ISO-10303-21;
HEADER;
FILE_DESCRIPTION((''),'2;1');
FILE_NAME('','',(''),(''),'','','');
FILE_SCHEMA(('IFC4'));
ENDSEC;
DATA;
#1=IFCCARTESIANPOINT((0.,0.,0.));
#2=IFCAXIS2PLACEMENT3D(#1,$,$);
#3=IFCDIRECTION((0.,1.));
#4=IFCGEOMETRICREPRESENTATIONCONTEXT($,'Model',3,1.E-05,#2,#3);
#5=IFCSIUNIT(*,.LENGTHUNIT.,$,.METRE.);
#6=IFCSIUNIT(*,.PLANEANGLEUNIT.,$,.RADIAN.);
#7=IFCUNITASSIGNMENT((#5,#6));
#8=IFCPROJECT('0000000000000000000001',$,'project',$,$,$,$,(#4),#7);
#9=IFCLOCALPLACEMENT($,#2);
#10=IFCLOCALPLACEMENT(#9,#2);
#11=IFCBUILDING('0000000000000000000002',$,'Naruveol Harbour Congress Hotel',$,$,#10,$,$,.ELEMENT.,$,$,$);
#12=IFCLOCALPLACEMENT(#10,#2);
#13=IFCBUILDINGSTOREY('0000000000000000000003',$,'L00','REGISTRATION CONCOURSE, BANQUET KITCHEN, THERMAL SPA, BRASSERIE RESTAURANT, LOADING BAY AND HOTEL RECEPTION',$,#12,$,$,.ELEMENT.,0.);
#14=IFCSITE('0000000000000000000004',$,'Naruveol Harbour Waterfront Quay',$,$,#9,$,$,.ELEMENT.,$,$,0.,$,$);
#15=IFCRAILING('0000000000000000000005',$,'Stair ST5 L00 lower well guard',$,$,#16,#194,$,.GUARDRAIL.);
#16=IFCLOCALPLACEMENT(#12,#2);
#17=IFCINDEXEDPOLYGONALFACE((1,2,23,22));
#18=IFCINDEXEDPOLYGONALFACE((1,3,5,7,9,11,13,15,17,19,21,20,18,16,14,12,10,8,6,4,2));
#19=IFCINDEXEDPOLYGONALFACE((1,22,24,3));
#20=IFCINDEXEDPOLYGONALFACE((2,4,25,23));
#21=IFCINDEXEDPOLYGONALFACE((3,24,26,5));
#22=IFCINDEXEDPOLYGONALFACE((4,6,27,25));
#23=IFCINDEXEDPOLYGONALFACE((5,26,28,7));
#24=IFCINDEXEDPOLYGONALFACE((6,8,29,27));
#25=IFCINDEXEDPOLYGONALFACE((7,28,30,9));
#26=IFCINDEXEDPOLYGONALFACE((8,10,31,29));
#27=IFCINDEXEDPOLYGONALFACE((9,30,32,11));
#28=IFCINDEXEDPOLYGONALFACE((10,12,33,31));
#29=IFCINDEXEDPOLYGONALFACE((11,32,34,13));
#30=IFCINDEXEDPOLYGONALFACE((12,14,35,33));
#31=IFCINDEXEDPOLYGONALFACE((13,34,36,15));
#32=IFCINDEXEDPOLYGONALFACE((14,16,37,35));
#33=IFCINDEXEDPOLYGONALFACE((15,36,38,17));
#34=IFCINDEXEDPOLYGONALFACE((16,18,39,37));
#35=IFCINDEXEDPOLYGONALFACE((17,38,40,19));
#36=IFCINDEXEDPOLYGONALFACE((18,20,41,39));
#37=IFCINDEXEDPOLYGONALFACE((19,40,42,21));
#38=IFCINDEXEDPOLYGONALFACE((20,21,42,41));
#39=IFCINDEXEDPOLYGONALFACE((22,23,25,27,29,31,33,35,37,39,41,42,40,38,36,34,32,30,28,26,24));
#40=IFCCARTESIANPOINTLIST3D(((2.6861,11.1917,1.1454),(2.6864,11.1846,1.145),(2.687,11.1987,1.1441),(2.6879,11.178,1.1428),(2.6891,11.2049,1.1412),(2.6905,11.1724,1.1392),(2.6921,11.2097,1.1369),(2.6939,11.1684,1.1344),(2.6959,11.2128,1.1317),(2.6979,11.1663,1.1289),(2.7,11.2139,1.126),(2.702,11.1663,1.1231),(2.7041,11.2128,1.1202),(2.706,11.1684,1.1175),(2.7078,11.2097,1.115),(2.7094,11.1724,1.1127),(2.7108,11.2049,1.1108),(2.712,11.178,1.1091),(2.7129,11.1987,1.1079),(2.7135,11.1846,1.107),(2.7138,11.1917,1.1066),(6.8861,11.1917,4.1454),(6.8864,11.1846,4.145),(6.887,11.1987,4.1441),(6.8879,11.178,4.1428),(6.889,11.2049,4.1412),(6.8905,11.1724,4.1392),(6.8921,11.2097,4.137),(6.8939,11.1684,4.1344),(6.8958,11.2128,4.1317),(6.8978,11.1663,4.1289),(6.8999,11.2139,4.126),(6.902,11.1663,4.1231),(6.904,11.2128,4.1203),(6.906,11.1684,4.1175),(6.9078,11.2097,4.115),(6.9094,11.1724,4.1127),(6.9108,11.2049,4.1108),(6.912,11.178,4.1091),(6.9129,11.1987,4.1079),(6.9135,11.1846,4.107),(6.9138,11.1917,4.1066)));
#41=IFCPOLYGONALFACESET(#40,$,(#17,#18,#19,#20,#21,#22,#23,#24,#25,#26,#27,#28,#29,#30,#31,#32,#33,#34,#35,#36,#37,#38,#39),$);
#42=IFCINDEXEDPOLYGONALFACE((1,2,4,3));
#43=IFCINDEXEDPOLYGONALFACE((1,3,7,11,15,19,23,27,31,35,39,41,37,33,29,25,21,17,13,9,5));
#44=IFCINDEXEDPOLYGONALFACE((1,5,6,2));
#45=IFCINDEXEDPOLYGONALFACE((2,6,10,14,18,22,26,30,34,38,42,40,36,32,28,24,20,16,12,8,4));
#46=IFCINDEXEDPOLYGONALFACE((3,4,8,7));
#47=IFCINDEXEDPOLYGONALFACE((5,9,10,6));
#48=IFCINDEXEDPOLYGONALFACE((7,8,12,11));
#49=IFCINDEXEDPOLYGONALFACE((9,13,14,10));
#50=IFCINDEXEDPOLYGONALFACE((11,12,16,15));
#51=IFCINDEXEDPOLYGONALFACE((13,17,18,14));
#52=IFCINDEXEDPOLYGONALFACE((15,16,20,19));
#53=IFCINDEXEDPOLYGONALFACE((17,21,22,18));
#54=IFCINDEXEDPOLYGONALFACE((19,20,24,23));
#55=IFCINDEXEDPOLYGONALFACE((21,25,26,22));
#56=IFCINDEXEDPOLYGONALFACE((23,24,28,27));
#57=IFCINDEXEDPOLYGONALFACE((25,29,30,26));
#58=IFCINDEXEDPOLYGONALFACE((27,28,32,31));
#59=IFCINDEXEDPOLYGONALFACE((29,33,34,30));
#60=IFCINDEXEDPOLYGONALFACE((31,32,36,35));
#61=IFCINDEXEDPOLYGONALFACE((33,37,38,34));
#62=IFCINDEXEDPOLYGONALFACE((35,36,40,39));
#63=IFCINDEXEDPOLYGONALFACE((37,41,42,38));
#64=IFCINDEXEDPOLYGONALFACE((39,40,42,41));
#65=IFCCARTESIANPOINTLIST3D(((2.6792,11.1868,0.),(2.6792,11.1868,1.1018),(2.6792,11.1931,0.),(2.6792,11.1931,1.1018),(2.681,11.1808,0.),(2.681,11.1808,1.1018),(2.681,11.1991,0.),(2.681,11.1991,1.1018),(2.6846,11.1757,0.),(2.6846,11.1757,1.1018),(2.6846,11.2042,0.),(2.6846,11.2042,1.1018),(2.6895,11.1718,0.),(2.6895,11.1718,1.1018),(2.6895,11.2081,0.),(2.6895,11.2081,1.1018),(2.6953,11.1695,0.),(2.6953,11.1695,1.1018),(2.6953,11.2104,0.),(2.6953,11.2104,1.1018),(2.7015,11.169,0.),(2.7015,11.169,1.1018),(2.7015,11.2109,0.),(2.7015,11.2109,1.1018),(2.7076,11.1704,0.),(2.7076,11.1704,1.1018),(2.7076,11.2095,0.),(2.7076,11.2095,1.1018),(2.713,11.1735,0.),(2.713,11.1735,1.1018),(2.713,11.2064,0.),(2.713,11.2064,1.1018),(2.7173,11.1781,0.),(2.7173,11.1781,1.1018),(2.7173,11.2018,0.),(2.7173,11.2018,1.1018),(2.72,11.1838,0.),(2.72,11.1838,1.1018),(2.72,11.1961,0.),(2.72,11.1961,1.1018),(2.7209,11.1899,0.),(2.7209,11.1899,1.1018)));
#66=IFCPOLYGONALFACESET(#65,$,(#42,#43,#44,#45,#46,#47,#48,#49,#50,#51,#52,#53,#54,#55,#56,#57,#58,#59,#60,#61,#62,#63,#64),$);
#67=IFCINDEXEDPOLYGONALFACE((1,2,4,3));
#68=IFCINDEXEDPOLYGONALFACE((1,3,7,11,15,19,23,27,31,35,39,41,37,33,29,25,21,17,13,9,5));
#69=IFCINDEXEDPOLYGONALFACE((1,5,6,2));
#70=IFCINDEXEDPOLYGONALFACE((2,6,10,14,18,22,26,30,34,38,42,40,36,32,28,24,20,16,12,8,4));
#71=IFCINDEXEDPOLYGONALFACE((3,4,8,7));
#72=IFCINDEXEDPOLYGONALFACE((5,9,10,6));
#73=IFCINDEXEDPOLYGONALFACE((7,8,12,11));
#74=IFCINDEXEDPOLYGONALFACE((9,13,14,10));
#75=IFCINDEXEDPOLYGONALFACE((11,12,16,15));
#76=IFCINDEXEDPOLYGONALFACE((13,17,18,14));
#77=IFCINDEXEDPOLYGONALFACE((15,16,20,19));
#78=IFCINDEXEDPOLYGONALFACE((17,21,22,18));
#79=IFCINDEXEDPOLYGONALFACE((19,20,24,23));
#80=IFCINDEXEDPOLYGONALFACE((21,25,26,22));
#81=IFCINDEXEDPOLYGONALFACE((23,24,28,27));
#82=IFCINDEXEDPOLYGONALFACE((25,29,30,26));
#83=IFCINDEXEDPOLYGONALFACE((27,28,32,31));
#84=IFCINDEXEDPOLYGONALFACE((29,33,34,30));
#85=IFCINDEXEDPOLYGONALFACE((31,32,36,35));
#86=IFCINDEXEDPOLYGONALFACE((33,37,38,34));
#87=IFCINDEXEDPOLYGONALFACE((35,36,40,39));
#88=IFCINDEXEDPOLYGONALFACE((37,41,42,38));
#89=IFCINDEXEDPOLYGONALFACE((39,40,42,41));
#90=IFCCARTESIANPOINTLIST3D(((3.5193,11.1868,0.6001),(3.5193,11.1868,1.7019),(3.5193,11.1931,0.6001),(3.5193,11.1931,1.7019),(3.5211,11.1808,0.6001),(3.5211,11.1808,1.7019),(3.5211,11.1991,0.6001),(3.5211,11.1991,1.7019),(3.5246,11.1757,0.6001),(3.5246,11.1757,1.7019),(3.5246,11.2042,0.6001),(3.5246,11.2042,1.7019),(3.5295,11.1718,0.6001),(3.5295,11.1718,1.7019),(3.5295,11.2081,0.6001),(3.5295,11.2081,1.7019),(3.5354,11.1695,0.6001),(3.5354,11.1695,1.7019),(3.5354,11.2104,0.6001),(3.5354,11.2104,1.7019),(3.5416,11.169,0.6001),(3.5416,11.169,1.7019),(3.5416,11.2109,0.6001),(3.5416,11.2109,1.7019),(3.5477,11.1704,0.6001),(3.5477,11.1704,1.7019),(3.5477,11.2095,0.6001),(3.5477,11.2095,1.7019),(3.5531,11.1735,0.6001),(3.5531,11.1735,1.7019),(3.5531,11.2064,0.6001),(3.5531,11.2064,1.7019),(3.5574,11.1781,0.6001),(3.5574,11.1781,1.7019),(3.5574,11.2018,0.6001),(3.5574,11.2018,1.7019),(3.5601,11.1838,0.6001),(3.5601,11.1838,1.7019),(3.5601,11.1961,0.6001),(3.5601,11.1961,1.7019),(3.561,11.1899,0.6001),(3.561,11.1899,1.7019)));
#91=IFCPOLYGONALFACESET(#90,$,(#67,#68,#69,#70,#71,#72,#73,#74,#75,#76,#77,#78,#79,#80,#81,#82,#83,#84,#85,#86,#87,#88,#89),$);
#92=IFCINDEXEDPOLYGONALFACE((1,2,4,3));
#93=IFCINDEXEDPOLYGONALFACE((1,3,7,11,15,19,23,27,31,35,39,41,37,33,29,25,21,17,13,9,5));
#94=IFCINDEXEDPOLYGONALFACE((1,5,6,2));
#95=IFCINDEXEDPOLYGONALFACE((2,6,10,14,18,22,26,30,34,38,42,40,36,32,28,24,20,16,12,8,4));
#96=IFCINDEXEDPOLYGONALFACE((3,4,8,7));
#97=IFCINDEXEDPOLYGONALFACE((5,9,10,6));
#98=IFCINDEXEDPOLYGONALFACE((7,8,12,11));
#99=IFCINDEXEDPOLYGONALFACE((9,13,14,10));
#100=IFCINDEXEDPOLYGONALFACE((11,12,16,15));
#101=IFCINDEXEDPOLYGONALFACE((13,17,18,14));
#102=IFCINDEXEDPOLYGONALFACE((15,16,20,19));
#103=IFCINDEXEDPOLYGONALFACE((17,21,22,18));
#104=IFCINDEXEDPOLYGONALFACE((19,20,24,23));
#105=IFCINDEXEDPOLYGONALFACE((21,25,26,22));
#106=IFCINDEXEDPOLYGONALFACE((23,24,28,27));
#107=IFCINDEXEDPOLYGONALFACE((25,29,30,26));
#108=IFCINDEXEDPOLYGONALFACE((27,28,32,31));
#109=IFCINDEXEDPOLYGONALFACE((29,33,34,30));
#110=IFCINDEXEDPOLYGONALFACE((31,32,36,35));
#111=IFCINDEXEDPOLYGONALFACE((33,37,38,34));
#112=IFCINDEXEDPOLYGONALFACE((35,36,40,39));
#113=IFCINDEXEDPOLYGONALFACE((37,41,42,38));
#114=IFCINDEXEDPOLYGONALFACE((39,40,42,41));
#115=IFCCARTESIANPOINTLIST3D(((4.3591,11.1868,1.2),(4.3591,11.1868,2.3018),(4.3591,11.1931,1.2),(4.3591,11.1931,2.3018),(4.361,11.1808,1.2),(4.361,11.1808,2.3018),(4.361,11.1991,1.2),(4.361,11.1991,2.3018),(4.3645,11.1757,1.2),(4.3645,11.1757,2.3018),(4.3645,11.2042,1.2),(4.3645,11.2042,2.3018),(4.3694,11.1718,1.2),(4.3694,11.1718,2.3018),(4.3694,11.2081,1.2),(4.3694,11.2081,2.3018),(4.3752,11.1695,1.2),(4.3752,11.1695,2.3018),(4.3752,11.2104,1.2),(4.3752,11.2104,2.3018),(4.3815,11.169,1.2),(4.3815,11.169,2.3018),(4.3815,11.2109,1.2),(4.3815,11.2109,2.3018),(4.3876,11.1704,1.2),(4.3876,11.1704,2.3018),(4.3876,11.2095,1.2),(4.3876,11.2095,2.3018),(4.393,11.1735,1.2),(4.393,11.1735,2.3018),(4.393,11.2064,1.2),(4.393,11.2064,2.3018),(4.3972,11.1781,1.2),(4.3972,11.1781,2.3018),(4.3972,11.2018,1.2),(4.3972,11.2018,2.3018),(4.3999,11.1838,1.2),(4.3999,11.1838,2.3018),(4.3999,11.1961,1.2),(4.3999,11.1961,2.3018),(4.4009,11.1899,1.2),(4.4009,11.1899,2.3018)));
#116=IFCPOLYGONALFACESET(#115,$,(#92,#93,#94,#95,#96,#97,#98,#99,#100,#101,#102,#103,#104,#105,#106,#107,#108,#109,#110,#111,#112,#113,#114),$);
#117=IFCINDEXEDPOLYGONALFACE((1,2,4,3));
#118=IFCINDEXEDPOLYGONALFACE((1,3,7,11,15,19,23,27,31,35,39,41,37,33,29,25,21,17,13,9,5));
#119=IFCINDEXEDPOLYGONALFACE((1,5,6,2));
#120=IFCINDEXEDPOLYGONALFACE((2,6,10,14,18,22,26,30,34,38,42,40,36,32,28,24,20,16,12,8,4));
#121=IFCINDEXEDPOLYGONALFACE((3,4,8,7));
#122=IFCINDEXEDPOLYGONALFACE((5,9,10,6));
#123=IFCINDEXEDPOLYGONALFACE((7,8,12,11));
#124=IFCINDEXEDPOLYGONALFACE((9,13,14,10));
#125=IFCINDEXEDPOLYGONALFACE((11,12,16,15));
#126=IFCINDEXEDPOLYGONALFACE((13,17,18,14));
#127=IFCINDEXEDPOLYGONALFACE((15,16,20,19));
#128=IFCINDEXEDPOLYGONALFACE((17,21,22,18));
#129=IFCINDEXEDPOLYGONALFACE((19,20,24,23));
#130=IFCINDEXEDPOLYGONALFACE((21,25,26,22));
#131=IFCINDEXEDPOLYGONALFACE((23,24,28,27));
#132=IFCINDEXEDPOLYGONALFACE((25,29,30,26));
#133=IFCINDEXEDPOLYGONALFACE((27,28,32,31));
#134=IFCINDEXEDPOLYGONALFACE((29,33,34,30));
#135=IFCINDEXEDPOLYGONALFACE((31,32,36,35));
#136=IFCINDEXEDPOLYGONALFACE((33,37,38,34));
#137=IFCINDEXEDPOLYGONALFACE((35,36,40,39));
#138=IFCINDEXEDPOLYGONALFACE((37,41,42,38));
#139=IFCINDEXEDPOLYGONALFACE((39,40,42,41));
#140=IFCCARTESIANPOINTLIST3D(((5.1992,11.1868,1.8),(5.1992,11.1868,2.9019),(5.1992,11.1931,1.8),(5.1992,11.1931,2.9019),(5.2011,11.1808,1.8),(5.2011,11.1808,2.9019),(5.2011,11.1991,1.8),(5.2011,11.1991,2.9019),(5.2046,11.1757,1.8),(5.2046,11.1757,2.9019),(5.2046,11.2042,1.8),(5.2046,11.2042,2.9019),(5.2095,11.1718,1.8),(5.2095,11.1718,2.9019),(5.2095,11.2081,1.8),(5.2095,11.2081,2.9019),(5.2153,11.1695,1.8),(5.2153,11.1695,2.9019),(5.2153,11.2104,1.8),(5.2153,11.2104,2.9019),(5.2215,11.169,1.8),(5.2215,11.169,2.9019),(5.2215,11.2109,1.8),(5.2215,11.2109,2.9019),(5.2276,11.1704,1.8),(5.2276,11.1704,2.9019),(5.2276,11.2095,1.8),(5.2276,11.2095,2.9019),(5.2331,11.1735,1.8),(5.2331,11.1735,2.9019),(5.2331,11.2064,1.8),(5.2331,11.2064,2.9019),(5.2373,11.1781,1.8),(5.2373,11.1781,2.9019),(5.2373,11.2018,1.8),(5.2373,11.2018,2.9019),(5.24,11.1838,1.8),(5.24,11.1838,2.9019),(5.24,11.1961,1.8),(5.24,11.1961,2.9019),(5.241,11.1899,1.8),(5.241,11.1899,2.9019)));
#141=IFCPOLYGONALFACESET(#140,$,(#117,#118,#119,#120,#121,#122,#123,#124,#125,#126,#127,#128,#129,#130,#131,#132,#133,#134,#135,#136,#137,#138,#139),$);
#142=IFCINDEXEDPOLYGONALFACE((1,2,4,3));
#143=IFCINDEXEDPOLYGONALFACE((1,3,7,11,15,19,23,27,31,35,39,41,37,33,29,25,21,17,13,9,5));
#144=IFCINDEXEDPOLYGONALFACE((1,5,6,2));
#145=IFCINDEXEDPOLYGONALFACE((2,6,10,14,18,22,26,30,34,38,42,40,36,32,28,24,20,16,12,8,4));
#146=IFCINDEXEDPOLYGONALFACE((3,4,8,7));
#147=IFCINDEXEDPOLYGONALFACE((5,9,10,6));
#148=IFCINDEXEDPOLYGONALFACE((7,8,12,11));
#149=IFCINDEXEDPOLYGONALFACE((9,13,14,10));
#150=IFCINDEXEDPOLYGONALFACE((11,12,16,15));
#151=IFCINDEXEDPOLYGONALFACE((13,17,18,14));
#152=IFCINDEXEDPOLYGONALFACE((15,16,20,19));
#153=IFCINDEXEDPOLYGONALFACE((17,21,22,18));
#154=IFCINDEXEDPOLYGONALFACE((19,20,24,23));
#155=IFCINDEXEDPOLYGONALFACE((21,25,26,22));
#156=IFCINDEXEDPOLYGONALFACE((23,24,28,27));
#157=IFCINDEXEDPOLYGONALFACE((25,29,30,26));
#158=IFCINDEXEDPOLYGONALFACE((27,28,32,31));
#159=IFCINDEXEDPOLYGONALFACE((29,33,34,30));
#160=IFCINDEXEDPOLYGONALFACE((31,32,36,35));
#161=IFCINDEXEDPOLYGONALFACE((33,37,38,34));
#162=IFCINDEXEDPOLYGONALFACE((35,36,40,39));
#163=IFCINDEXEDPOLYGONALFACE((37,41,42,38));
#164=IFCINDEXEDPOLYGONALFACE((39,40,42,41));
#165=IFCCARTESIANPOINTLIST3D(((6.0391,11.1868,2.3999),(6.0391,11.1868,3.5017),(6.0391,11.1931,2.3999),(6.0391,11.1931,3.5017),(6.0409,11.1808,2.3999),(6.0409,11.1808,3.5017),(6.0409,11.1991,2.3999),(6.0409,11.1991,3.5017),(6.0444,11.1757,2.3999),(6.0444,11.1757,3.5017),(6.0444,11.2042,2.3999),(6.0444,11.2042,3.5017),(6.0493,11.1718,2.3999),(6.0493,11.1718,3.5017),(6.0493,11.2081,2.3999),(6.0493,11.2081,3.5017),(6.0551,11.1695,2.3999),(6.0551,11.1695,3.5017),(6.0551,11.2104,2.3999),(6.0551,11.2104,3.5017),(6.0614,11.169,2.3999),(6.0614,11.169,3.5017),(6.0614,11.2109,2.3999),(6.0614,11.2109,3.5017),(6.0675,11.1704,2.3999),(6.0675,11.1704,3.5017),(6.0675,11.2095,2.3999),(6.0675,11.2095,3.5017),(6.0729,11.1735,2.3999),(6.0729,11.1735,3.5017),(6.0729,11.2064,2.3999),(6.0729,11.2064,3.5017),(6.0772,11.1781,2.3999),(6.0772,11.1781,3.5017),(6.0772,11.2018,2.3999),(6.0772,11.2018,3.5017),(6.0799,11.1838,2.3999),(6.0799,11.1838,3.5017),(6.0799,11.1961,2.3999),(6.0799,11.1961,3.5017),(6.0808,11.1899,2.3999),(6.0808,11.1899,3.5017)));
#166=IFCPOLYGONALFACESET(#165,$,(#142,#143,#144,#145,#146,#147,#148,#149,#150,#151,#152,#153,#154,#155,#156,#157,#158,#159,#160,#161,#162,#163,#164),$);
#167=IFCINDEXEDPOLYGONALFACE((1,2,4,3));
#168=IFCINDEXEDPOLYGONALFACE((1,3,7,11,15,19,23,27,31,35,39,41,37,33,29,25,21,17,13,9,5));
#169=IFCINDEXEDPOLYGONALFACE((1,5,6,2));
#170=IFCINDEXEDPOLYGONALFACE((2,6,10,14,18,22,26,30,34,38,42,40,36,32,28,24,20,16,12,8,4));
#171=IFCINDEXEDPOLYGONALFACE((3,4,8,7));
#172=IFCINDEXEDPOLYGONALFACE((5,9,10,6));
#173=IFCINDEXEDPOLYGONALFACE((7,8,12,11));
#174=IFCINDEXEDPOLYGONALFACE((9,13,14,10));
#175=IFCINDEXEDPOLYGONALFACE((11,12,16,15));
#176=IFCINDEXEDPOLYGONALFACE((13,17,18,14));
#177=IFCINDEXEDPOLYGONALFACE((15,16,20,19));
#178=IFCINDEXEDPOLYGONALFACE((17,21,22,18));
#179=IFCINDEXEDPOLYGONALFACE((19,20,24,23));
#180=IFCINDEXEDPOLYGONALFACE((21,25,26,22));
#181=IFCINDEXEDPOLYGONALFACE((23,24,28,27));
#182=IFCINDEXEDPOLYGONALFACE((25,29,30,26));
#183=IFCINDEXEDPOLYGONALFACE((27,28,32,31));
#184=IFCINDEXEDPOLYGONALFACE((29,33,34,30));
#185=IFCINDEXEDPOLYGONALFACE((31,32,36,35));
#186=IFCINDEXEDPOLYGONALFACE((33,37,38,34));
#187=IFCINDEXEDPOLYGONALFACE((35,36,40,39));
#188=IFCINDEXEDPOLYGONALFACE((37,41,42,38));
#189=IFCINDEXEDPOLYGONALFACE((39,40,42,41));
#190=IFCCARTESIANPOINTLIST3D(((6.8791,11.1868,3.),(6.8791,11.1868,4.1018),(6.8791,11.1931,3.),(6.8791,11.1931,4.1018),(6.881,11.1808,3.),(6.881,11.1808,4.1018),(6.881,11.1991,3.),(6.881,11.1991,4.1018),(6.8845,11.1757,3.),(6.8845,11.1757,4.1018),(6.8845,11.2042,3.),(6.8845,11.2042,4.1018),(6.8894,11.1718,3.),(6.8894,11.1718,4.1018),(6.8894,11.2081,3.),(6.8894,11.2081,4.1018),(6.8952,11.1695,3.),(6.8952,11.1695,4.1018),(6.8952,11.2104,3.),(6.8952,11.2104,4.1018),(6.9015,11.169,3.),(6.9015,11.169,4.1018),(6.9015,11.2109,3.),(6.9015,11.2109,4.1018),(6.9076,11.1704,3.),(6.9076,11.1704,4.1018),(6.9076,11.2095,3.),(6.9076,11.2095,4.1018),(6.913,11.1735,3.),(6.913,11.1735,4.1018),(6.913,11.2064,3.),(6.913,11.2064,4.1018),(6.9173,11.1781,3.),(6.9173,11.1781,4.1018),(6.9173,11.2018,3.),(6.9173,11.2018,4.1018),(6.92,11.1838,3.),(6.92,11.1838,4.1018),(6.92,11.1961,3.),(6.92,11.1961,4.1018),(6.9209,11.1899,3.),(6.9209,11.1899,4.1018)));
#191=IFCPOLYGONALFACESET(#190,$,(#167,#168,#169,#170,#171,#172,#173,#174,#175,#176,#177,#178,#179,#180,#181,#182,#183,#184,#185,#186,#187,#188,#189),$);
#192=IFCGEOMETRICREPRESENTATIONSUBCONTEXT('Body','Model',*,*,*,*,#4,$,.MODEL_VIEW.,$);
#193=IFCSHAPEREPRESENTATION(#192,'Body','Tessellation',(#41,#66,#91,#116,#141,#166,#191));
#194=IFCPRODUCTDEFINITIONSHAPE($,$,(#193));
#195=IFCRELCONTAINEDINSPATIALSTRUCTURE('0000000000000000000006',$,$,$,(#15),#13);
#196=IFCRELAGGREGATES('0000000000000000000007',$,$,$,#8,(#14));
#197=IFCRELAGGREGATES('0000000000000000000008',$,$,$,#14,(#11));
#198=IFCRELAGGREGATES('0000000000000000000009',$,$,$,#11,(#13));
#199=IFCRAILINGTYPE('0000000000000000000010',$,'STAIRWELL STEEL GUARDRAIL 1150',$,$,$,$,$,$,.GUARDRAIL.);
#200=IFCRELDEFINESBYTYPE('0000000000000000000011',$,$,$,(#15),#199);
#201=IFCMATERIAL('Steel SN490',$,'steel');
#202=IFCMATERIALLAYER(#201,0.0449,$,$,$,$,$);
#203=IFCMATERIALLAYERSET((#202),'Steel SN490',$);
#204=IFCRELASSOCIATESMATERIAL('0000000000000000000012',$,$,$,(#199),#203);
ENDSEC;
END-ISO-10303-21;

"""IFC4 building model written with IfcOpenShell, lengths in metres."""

from ifc_helpers import new_model, si_unit, direction, frame, origin, origin_2d, place, context, subcontext, project, spatial, circle, extrude, material, layer, layer_set, type_object, element, save


model = new_model("IFC4")

# Units and contexts
model_context = context("Model", 3, precision=1e-05, world=origin(), true_north=direction((0.0, 1.0)))
body_context = subcontext(model_context, "Body", "Model", "MODEL_VIEW")
ifc_project = project(units=[si_unit("LENGTHUNIT", "METRE"), si_unit("PLANEANGLEUNIT", "RADIAN")], contexts=[model_context])

# Site, building, storey
site_placement = place(None, origin())
site = spatial("IfcSite", under=ifc_project, at=site_placement, Name="Naruveol Harbour Waterfront Quay", CompositionType="ELEMENT", RefElevation=0.0)
building_placement = place(site_placement, origin())
building = spatial("IfcBuilding", under=site, at=building_placement, Name="Naruveol Harbour Congress Hotel", CompositionType="ELEMENT")
storey_placement = place(building_placement, origin())
storey = spatial("IfcBuildingStorey", under=building, at=storey_placement, Name="L00", Description="REGISTRATION CONCOURSE, BANQUET KITCHEN, THERMAL SPA, BRASSERIE RESTAURANT, LOADING BAY AND HOTEL RECEPTION", CompositionType="ELEMENT", Elevation=0.0)

# Railing
ifc_material_1 = material(Name="Steel SN490", Category="steel")
ifc_layer_1 = layer(ifc_material_1, 0.0449)
ifc_layer_set_1 = layer_set([ifc_layer_1], Name="Steel SN490")
railing_type_1 = type_object("IfcRailingType", Name="STAIRWELL STEEL GUARDRAIL 1150", PredefinedType="GUARDRAIL", material=ifc_layer_set_1)
railing_1_placement = place(storey_placement, frame((2.7, 11.1899, 0.0)))
element("IfcRailing", 1, at=railing_1_placement, inside=storey, type_object=railing_type_1, Name="Stair ST5 L00 lower well guard", PredefinedType="GUARDRAIL", context=body_context, shape_type="SweptSolid", body=[
    extrude(circle(Radius=0.0239, at=origin_2d()), frame((0.0, 0.0, 1.126), z_axis=(0.81373, 0.0, 0.581243), x_axis=(0.0, 1.0, 0.0)), (0.0, 0.0, 1.0), 5.1614),
    extrude(circle(Radius=0.021, at=origin_2d()), origin(), (0.0, 0.0, 1.0), 1.1018),
    extrude(circle(Radius=0.021, at=origin_2d()), frame((0.8401, 0.0, 0.6001)), (0.0, 0.0, 1.0), 1.1018),
    extrude(circle(Radius=0.021, at=origin_2d()), frame((1.6799, 0.0, 1.2)), (0.0, 0.0, 1.0), 1.1018),
    extrude(circle(Radius=0.021, at=origin_2d()), frame((2.52, 0.0, 1.8)), (0.0, 0.0, 1.0), 1.1018),
    extrude(circle(Radius=0.021, at=origin_2d()), frame((3.3599, 0.0, 2.3999)), (0.0, 0.0, 1.0), 1.1018),
    extrude(circle(Radius=0.021, at=origin_2d()), frame((4.2, 0.0, 3.0)), (0.0, 0.0, 1.0), 1.1018),
])

save(model, "model.ifc")
